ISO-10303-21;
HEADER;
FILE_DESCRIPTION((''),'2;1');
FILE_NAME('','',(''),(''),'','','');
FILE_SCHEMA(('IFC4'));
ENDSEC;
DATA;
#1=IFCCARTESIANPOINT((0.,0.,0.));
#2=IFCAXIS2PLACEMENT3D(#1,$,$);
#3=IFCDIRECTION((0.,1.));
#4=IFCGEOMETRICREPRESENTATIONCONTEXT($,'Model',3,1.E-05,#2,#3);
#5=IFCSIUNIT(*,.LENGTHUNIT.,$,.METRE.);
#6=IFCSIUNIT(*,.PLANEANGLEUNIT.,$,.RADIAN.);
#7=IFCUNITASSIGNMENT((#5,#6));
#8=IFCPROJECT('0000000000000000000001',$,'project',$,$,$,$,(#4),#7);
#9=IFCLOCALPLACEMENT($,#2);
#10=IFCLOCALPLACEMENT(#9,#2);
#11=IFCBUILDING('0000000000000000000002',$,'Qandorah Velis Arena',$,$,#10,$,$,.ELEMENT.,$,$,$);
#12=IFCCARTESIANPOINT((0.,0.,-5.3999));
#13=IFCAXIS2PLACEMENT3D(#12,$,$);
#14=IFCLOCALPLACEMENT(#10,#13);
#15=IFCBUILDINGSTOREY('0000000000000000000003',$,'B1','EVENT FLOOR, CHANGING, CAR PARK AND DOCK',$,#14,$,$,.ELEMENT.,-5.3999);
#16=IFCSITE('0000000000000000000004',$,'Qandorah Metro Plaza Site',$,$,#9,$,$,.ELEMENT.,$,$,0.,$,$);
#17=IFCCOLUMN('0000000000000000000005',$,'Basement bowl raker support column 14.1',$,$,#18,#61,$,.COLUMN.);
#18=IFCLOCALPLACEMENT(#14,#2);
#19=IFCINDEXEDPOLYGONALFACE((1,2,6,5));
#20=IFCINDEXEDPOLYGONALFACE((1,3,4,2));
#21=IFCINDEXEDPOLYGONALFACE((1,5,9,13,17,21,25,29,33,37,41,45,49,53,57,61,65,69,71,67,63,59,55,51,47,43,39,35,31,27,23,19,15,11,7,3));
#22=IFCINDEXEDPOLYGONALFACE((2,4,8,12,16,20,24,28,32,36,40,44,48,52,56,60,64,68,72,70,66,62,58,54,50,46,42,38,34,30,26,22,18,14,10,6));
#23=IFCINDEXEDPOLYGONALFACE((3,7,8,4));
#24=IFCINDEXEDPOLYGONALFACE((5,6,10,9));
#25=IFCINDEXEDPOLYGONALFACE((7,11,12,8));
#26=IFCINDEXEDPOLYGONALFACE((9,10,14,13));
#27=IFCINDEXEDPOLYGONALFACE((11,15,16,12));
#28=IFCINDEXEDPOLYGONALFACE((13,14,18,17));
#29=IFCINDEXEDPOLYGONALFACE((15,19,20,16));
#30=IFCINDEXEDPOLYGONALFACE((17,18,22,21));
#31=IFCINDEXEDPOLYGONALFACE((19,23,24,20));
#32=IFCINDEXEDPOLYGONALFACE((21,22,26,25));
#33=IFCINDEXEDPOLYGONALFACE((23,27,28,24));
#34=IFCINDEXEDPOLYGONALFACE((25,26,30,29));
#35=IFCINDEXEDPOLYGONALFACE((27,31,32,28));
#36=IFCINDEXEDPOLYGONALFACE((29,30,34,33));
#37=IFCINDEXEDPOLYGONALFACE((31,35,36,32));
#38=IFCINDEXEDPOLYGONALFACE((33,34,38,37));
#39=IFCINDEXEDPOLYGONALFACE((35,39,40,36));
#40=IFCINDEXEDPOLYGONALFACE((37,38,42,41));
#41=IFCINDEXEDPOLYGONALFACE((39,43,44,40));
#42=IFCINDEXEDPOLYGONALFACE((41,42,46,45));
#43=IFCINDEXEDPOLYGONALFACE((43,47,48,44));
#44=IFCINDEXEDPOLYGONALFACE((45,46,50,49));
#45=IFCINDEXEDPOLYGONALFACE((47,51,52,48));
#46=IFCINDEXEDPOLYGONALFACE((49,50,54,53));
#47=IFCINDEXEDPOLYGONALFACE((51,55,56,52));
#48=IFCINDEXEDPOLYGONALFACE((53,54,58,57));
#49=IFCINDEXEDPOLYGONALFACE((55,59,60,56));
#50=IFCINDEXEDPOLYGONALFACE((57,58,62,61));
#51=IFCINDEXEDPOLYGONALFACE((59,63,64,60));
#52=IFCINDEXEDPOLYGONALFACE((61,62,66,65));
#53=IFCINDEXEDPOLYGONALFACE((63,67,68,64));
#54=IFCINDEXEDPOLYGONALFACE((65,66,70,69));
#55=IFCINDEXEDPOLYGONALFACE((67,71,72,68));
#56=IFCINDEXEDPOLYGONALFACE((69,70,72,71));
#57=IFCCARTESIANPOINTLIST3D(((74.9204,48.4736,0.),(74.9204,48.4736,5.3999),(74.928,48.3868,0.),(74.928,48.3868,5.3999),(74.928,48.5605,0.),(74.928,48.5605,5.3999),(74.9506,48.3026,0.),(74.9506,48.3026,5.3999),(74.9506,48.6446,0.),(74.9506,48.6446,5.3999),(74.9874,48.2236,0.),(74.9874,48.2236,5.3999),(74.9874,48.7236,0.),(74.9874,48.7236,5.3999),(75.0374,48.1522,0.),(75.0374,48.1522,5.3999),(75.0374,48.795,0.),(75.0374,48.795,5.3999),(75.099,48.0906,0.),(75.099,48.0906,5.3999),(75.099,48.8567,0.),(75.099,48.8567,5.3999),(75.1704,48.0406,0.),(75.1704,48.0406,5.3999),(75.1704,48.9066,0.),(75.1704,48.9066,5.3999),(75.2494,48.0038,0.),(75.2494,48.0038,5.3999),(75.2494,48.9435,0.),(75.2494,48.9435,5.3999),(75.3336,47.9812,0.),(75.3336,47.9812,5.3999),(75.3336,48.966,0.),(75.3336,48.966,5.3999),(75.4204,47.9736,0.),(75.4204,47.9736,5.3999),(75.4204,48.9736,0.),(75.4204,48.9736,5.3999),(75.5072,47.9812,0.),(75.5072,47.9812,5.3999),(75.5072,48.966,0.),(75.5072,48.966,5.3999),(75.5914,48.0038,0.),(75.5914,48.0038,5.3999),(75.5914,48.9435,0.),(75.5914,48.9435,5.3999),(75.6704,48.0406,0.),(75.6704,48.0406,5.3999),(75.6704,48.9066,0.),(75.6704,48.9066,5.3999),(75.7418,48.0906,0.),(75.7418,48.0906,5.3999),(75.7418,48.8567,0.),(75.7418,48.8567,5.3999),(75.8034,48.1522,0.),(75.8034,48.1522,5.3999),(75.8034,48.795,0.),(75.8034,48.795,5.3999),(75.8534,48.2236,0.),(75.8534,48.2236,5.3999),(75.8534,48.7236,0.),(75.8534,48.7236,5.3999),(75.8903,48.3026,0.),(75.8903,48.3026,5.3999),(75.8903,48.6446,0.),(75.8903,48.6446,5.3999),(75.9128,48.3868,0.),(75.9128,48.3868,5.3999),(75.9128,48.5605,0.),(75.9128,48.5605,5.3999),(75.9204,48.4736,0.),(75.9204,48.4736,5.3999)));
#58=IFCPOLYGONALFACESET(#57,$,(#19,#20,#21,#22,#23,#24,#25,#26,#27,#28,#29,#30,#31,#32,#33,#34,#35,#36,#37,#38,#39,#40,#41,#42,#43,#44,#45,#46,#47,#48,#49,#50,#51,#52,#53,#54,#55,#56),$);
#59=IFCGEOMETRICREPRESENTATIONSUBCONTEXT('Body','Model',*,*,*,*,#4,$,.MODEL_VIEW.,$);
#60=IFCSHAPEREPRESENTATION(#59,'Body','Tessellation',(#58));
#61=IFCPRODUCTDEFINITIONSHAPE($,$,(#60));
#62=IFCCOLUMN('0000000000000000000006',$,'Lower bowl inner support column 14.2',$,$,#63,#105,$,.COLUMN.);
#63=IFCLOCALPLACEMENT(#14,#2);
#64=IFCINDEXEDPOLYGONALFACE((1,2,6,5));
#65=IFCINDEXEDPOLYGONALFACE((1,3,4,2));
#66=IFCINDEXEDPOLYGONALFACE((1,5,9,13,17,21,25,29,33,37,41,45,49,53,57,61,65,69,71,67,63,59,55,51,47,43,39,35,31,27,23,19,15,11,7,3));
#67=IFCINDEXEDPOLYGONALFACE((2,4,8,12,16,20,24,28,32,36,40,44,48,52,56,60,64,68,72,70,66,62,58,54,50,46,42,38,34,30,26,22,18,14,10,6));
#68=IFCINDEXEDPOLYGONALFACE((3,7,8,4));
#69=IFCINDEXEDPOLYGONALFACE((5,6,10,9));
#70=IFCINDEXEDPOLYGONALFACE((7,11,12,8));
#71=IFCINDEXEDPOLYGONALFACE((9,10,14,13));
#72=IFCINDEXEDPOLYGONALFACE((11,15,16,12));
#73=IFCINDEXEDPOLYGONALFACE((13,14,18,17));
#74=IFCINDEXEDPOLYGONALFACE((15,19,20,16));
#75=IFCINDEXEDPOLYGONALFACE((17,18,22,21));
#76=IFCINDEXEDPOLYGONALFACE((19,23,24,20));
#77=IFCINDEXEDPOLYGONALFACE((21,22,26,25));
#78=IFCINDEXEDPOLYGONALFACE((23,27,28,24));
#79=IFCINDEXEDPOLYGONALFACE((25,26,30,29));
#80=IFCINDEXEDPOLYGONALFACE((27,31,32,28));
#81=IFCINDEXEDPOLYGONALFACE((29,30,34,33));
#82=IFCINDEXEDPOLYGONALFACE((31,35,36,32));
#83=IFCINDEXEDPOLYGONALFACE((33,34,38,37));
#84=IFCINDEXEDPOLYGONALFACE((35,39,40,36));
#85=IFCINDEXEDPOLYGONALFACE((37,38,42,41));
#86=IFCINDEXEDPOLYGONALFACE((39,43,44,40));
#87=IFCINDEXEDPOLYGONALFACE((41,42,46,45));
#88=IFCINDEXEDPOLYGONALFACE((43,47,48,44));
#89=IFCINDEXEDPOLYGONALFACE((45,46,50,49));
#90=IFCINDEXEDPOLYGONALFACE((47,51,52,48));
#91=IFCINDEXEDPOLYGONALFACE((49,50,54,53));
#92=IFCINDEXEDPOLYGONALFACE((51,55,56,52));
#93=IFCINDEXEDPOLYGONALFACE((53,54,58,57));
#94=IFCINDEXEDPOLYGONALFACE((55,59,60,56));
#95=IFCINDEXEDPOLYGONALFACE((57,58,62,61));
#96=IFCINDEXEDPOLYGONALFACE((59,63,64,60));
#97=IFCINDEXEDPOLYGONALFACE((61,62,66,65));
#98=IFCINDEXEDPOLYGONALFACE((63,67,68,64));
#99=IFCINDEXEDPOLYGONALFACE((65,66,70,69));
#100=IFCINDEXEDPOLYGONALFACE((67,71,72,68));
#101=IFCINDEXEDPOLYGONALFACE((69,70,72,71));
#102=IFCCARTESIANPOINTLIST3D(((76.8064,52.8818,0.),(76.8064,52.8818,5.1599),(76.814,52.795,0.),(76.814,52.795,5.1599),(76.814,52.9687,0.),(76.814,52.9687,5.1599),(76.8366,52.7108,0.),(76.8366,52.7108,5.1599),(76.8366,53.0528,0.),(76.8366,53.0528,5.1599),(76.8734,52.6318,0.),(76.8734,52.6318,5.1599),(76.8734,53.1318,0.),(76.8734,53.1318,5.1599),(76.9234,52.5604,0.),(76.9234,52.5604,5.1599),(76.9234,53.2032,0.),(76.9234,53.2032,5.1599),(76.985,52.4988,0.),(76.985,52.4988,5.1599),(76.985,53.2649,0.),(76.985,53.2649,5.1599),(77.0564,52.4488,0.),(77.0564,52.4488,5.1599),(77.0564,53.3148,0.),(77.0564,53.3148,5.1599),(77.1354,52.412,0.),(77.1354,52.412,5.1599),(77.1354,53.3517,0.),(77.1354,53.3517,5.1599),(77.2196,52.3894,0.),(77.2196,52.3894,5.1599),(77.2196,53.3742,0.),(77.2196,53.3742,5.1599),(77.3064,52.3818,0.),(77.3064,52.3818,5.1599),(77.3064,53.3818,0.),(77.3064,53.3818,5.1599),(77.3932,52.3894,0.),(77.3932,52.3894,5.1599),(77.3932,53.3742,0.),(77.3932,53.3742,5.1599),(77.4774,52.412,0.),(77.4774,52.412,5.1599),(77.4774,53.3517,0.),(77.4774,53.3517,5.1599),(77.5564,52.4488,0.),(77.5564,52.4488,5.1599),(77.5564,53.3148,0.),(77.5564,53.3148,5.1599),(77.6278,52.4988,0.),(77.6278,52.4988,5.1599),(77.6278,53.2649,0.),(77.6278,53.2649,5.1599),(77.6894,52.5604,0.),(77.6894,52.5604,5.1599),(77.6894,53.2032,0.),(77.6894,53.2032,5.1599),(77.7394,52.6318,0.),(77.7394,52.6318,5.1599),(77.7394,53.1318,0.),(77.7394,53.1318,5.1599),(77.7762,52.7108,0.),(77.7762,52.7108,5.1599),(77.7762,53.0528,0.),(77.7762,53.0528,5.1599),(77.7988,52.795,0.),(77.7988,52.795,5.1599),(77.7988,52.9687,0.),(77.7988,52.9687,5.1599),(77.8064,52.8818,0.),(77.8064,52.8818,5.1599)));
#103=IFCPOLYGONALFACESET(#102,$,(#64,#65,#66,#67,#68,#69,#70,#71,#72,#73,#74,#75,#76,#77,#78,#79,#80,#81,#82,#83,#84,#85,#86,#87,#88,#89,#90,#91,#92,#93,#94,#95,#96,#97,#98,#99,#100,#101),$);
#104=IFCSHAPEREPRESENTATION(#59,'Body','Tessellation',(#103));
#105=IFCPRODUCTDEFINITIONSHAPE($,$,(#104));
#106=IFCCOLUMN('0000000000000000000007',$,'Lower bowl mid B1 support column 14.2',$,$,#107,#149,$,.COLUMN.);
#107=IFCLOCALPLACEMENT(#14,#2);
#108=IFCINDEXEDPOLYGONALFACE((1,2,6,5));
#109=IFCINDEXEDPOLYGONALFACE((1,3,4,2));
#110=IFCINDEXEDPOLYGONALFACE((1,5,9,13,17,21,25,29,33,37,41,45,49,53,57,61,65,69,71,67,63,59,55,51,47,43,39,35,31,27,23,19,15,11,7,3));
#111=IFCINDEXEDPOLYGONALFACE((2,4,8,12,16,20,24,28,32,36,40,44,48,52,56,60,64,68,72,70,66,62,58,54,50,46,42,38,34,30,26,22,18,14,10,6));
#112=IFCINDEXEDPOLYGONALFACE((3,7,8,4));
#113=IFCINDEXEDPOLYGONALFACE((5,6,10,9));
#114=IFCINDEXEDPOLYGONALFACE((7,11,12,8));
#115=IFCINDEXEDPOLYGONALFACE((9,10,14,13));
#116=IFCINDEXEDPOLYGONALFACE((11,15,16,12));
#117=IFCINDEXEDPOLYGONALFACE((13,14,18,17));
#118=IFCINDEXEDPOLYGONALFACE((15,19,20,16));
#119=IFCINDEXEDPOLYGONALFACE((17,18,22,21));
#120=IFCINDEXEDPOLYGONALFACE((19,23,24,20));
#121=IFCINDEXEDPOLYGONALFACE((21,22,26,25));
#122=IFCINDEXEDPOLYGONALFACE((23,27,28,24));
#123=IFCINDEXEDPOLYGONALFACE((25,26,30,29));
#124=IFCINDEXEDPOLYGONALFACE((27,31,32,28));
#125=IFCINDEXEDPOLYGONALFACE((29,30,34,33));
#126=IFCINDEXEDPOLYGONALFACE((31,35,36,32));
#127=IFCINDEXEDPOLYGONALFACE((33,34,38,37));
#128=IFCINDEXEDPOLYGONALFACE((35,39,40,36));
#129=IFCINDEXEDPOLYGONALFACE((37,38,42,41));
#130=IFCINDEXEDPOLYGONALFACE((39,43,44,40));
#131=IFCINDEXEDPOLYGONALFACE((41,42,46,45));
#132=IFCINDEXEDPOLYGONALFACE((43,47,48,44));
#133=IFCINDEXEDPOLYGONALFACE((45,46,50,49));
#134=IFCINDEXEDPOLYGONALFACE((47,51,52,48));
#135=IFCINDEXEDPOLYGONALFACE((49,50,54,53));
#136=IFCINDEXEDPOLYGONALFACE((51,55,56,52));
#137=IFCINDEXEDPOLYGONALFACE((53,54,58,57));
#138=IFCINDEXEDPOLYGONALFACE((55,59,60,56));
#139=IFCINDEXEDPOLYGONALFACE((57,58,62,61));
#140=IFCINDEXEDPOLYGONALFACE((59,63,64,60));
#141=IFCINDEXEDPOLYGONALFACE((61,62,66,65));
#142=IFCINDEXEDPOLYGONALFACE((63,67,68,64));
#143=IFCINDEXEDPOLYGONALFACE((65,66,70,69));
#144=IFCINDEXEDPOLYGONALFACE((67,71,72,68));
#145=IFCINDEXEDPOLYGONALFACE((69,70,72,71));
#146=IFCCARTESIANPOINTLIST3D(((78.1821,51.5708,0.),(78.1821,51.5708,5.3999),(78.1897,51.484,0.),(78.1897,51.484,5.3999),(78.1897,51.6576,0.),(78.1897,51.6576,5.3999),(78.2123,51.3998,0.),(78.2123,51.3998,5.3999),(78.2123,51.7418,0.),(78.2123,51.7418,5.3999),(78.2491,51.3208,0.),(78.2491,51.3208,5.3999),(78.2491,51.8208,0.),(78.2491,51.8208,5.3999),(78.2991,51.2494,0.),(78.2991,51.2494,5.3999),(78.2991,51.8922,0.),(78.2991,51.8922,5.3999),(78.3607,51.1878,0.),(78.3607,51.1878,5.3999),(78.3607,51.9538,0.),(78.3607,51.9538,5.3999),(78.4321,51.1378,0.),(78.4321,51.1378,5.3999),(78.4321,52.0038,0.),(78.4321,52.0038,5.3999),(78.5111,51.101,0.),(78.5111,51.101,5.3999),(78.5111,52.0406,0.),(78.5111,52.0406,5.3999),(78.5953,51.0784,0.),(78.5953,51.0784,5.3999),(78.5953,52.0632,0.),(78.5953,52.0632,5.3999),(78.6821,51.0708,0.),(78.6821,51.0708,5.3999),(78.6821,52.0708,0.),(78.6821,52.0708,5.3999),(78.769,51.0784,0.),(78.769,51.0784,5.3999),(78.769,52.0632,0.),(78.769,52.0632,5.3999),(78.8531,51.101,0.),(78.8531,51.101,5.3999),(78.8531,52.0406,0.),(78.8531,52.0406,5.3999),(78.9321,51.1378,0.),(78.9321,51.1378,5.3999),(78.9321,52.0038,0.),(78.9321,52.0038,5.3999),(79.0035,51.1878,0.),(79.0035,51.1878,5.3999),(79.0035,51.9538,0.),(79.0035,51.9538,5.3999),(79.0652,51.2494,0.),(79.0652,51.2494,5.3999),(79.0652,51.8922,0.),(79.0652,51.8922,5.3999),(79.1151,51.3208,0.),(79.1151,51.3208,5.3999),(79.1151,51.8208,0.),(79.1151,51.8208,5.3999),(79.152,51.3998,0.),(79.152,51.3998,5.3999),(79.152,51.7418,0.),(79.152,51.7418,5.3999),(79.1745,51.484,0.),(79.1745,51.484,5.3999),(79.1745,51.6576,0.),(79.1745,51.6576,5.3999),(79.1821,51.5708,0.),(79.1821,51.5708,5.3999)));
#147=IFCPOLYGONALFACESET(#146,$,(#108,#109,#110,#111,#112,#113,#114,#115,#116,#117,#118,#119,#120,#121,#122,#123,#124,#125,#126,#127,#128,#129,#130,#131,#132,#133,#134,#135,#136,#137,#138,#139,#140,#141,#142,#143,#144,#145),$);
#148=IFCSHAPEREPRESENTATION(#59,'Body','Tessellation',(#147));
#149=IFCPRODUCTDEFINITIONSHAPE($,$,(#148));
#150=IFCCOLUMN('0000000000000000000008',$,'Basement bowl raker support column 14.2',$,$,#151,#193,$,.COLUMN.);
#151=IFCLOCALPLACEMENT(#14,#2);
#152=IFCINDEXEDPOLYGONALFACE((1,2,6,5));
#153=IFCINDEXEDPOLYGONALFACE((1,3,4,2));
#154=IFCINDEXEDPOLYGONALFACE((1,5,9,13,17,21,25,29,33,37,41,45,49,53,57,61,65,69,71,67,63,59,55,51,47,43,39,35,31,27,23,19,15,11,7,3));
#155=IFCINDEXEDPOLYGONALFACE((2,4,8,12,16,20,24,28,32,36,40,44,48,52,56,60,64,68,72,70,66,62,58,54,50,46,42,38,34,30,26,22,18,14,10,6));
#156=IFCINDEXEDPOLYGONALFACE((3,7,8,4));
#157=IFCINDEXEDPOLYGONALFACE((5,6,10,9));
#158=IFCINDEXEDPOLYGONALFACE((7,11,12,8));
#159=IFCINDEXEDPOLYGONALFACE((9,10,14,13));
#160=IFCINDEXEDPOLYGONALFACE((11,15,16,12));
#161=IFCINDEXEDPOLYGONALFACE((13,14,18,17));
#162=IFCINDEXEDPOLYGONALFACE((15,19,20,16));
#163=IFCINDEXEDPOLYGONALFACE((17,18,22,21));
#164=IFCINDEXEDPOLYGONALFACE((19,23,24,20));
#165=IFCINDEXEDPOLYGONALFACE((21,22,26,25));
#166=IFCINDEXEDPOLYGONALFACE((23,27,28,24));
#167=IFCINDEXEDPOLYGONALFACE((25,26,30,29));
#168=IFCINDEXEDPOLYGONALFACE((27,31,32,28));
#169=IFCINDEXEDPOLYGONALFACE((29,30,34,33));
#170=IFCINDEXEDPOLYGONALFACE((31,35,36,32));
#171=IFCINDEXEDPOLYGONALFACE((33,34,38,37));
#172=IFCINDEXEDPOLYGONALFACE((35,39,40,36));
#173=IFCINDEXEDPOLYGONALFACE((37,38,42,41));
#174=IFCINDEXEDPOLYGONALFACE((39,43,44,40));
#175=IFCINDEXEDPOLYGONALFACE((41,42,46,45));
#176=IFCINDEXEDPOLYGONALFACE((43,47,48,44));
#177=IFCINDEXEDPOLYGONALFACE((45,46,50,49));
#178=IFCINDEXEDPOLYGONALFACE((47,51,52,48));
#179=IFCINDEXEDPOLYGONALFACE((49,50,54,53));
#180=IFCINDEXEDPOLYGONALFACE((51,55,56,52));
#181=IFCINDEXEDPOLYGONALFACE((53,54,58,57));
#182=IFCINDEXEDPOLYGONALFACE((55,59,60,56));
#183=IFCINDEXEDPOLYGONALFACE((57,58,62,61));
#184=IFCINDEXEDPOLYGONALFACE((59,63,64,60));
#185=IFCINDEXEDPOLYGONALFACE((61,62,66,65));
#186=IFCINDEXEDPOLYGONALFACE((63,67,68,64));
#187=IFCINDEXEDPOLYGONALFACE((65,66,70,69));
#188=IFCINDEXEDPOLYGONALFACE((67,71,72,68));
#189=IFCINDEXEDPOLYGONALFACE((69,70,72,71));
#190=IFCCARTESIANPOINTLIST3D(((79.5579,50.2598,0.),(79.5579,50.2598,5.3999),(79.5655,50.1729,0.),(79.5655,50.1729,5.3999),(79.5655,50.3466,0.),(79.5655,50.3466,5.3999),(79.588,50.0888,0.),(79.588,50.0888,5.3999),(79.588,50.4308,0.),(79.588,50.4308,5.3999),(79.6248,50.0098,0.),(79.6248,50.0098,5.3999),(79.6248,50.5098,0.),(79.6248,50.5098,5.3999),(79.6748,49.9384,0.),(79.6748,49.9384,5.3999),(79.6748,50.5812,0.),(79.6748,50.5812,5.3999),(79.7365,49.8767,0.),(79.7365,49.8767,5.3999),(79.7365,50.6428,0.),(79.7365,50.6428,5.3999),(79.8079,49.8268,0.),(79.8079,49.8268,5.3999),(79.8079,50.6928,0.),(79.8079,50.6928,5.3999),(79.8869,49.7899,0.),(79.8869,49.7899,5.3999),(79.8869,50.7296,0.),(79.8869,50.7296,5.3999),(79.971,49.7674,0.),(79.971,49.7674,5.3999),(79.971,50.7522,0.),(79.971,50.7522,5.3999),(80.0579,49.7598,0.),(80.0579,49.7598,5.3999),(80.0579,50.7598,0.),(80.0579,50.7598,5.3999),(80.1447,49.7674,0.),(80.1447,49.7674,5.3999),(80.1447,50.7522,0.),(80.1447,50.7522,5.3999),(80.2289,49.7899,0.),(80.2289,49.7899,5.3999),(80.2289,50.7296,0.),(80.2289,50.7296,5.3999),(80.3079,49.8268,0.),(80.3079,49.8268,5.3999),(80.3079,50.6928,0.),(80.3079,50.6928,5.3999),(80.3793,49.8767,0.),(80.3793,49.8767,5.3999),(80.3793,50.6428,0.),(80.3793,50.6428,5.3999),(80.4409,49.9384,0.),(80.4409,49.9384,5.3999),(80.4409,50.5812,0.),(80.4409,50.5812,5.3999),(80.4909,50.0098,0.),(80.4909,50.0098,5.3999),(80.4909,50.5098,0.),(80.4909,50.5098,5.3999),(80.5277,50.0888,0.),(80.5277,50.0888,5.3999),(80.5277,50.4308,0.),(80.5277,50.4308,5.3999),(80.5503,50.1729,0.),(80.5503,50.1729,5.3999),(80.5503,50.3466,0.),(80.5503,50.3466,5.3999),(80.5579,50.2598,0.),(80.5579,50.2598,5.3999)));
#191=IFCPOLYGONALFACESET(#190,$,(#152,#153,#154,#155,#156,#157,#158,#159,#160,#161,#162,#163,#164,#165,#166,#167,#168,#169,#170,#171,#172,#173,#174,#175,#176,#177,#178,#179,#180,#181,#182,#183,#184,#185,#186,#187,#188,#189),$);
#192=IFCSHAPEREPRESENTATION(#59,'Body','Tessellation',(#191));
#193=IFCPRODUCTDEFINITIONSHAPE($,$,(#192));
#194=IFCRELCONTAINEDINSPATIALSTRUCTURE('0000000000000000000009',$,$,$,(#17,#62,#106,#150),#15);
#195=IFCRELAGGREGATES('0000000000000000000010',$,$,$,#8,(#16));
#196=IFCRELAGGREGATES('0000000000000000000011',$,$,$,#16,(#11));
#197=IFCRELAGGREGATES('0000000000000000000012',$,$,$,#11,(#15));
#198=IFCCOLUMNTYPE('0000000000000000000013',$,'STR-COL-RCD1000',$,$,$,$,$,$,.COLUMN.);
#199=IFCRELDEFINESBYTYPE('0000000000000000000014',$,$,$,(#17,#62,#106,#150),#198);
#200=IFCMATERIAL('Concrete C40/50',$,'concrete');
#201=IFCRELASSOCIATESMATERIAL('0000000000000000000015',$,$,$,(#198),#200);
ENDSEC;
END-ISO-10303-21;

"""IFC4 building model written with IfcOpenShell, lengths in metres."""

from ifc_helpers import new_model, si_unit, direction, frame, origin, origin_2d, place, context, subcontext, project, spatial, circle, extrude, material, material_profile, profile_set, type_object, element, save


model = new_model("IFC4")

# Units and contexts
model_context = context("Model", 3, precision=1e-05, world=origin(), true_north=direction((0.0, 1.0)))
body_context = subcontext(model_context, "Body", "Model", "MODEL_VIEW")
ifc_project = project(units=[si_unit("LENGTHUNIT", "METRE"), si_unit("PLANEANGLEUNIT", "RADIAN")], contexts=[model_context])

# Site, building, storey
site_placement = place(None, origin())
site = spatial("IfcSite", under=ifc_project, at=site_placement, Name="Qandorah Metro Plaza Site", CompositionType="ELEMENT", RefElevation=0.0)
building_placement = place(site_placement, origin())
building = spatial("IfcBuilding", under=site, at=building_placement, Name="Qandorah Velis Arena", CompositionType="ELEMENT")
storey_placement = place(building_placement, frame((0.0, 0.0, -5.3999)))
storey = spatial("IfcBuildingStorey", under=building, at=storey_placement, Name="B1", Description="EVENT FLOOR, CHANGING, CAR PARK AND DOCK", CompositionType="ELEMENT", Elevation=-5.3999)

# Shared definitions
ifc_material = material(Name="Concrete C40/50", Category="concrete")

# Columns
ifc_material_profile_1 = material_profile(ifc_material, circle(Radius=0.5, at=origin_2d()), Name="RC D1000")
ifc_profile_set_1 = profile_set([ifc_material_profile_1], Name="Concrete C40/50")
column_type_1 = type_object("IfcColumnType", Name="STR-COL-RCD1000", PredefinedType="COLUMN", material=ifc_profile_set_1)
for number, where, z_axis, x_axis, name in (
    (1, (75.4204, 48.4736, 0.0), (0.0, 0.0, 1.0), (1.0, 0.0, 0.0), "Basement bowl raker support column 14.1"),
):
    element("IfcColumn", number, at=place(storey_placement, frame(where, z_axis=z_axis, x_axis=x_axis)), inside=storey, type_object=column_type_1, Name=name, PredefinedType="COLUMN", context=body_context, shape_type="SweptSolid", body=[
        extrude(circle(Radius=0.5, at=origin_2d()), origin(), (0.0, 0.0, 1.0), 5.3999),
    ])
column_1_placement = place(storey_placement, frame((77.3064, 52.8818, 0.0), z_axis=(0.0, 0.0, 1.0), x_axis=(1.0, 0.0, 0.0)))
element("IfcColumn", 2, at=column_1_placement, inside=storey, type_object=column_type_1, Name="Lower bowl inner support column 14.2", PredefinedType="COLUMN", context=body_context, shape_type="SweptSolid", body=[
    extrude(circle(Radius=0.5, at=origin_2d()), origin(), (0.0, 0.0, 1.0), 5.1599),
])
for number, where, z_axis, x_axis, name in (
    (3, (78.6821, 51.5708, 0.0), (0.0, 0.0, 1.0), (1.0, 0.0, 0.0), "Lower bowl mid B1 support column 14.2"),
    (4, (80.0579, 50.2598, 0.0), (0.0, 0.0, 1.0), (1.0, 0.0, 0.0), "Basement bowl raker support column 14.2"),
):
    element("IfcColumn", number, at=place(storey_placement, frame(where, z_axis=z_axis, x_axis=x_axis)), inside=storey, type_object=column_type_1, Name=name, PredefinedType="COLUMN", context=body_context, shape_type="SweptSolid", body=[
        extrude(circle(Radius=0.5, at=origin_2d()), origin(), (0.0, 0.0, 1.0), 5.3999),
    ])

save(model, "model.ifc")
